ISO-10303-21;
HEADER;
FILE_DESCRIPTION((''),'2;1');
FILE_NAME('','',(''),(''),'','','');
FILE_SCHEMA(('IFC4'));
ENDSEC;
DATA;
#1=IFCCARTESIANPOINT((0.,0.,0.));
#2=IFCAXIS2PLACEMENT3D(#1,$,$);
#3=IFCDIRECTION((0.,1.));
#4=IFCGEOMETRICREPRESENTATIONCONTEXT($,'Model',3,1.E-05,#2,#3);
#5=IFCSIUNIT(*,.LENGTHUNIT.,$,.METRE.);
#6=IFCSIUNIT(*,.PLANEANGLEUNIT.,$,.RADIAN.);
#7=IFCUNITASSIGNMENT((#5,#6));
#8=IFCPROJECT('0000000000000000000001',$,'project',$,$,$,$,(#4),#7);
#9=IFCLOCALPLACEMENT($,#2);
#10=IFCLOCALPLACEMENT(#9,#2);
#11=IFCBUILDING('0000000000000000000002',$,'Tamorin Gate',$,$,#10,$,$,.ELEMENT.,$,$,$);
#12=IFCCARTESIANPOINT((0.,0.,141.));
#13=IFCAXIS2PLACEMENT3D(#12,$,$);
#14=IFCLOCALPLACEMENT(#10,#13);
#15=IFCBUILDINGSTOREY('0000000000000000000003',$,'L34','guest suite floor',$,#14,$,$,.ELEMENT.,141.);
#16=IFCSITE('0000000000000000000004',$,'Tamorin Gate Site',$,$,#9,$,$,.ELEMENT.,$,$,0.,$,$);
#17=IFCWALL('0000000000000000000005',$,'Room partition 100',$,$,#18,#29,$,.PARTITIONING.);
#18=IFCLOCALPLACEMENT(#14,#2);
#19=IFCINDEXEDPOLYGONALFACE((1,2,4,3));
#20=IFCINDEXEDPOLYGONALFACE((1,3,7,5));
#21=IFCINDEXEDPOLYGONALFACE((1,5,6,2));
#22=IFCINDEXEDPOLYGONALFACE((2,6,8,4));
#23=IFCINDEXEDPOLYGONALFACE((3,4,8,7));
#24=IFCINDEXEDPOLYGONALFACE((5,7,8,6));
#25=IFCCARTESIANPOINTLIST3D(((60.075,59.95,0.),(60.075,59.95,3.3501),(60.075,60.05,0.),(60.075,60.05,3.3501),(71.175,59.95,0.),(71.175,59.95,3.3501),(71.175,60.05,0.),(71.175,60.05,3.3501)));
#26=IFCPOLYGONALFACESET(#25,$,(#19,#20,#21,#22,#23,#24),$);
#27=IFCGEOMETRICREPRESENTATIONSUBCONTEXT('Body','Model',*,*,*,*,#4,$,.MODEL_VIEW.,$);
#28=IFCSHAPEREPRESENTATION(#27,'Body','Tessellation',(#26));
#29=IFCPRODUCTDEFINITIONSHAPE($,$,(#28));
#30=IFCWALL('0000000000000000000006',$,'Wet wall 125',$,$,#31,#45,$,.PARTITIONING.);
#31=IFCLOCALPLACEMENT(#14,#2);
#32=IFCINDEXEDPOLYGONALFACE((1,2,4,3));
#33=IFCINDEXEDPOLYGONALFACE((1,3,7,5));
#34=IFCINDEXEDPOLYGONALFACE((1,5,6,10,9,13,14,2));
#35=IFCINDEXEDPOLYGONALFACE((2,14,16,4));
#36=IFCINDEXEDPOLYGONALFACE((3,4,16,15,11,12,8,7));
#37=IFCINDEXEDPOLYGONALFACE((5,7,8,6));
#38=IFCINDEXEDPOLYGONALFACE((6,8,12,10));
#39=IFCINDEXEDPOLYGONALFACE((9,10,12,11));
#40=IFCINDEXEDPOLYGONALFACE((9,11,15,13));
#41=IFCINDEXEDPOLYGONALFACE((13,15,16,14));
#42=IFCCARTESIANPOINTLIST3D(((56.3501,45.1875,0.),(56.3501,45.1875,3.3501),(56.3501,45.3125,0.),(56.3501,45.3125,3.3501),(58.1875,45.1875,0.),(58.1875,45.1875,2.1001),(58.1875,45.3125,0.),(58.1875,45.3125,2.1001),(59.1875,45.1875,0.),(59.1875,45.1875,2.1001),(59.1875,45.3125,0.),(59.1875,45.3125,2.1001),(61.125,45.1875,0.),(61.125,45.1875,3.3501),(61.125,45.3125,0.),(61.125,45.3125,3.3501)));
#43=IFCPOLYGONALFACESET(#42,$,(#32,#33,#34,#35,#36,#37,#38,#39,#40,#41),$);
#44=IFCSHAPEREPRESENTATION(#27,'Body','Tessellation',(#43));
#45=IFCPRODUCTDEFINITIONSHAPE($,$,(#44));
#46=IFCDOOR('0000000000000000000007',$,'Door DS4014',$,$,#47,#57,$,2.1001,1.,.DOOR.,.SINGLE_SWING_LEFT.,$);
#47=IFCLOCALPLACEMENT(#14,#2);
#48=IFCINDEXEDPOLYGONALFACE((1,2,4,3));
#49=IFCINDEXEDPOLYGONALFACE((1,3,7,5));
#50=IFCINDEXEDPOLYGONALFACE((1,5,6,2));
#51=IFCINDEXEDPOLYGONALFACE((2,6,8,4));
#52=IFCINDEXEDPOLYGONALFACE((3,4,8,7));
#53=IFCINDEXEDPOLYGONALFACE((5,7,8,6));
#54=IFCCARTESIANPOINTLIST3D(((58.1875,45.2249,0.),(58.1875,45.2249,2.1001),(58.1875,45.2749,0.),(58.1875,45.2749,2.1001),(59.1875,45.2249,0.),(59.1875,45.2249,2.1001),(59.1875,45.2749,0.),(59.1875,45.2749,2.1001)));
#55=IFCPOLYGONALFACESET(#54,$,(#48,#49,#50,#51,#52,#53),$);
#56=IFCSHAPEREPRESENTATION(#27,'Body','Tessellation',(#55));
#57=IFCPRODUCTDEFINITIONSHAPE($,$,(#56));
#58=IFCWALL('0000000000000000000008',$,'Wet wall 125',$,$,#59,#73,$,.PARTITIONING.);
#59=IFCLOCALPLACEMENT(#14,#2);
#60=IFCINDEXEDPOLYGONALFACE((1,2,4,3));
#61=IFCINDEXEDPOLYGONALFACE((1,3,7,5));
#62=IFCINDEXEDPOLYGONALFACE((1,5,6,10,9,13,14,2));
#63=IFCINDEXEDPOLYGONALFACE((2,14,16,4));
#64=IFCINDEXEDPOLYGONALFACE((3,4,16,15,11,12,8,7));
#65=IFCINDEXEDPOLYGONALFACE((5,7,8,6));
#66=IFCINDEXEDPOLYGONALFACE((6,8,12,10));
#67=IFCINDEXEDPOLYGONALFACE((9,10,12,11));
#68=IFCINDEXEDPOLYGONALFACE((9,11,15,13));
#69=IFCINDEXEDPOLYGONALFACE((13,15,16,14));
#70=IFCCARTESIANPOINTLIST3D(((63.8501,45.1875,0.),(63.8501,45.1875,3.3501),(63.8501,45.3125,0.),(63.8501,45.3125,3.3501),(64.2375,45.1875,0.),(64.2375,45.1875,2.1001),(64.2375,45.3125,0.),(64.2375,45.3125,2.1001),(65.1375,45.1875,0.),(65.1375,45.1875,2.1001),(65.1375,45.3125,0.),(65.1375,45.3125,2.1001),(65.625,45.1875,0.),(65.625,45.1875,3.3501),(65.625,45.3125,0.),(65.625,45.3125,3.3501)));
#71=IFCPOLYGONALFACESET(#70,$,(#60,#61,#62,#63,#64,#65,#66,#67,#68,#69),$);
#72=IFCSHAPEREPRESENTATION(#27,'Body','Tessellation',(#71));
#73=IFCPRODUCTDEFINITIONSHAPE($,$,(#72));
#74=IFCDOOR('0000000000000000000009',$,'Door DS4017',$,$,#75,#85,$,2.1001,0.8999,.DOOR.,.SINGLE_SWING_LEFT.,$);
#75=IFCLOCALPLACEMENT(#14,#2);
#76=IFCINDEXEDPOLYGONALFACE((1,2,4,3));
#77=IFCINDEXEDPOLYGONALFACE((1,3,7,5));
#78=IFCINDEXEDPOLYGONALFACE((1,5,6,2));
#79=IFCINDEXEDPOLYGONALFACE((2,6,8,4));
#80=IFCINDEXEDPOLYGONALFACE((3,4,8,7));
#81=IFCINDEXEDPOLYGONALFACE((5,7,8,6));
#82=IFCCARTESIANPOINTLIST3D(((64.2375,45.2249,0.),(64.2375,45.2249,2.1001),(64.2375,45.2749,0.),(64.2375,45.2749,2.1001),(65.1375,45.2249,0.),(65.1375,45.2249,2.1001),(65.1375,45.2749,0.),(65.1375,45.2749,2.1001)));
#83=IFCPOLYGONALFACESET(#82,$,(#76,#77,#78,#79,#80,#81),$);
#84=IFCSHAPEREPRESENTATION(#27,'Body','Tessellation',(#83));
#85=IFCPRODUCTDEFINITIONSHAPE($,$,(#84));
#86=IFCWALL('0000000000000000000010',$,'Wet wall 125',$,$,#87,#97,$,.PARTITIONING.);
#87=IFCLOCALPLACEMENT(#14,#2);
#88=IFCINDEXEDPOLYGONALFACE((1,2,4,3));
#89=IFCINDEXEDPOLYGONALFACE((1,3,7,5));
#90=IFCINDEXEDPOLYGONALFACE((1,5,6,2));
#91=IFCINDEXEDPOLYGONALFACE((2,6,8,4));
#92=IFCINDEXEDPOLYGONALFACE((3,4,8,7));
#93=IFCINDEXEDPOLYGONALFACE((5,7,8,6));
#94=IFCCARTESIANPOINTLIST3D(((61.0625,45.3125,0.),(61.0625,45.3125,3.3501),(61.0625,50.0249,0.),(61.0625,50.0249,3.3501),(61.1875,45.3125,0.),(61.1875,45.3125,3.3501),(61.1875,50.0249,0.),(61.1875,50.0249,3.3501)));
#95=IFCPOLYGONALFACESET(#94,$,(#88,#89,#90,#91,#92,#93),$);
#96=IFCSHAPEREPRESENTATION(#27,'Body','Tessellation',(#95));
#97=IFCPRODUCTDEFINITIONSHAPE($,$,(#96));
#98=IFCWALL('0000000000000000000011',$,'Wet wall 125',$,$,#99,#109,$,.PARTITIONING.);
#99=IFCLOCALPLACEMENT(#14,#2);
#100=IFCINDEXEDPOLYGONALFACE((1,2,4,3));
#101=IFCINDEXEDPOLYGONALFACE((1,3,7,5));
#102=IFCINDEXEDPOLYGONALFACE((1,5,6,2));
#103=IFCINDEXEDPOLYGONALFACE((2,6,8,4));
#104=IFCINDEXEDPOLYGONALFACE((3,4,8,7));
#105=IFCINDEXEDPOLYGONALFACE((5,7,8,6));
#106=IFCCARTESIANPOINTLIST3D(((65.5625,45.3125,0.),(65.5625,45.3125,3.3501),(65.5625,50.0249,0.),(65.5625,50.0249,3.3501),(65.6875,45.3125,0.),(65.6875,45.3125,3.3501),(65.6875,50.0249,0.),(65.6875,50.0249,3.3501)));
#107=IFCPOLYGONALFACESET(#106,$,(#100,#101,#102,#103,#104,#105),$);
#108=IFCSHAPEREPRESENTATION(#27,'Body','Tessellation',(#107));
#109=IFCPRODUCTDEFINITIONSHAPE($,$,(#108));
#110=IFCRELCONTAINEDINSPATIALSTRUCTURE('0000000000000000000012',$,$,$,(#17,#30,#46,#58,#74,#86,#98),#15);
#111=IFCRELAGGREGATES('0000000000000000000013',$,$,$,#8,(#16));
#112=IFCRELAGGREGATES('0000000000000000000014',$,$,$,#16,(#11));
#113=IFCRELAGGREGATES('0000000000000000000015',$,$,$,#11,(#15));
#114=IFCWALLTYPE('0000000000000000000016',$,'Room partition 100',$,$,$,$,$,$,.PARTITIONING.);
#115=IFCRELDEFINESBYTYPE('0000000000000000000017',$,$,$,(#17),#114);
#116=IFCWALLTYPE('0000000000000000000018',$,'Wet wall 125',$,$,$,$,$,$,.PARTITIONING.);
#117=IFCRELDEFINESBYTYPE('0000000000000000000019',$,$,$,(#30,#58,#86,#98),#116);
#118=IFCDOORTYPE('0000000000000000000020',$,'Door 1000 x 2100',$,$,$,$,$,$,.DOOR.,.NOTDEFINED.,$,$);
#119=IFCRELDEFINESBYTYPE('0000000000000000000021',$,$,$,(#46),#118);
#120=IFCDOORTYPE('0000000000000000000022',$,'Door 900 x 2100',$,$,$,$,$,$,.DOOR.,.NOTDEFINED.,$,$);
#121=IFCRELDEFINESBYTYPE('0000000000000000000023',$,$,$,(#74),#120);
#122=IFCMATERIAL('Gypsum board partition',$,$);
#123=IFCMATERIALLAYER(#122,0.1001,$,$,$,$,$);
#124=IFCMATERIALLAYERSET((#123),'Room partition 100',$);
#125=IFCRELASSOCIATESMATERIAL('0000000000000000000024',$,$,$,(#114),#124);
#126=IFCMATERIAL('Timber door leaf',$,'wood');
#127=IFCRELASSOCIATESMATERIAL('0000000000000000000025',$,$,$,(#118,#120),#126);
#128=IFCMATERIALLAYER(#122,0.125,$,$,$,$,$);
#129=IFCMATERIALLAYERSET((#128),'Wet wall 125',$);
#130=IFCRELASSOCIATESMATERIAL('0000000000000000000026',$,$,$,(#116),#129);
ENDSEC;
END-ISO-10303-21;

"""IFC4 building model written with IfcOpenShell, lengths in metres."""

from ifc_helpers import new_model, si_unit, direction, frame, frame_2d, origin, place, context, subcontext, project, spatial, rectangle, extrude, material, layer, layer_set, type_object, element, fill, save


model = new_model("IFC4")

# Units and contexts
model_context = context("Model", 3, precision=1e-05, world=origin(), true_north=direction((0.0, 1.0)))
body_context = subcontext(model_context, "Body", "Model", "MODEL_VIEW")
ifc_project = project(units=[si_unit("LENGTHUNIT", "METRE"), si_unit("PLANEANGLEUNIT", "RADIAN")], contexts=[model_context])

# Site, building, storey
site_placement = place(None, origin())
site = spatial("IfcSite", under=ifc_project, at=site_placement, Name="Tamorin Gate Site", CompositionType="ELEMENT", RefElevation=0.0)
building_placement = place(site_placement, origin())
building = spatial("IfcBuilding", under=site, at=building_placement, Name="Tamorin Gate", CompositionType="ELEMENT")
storey_placement = place(building_placement, frame((0.0, 0.0, 141.0)))
storey = spatial("IfcBuildingStorey", under=building, at=storey_placement, Name="L34", Description="guest suite floor", CompositionType="ELEMENT", Elevation=141.0)

# Shared definitions
ifc_material_1 = material(Name="Gypsum board partition")
ifc_material_2 = material(Name="Timber door leaf", Category="wood")

# Shared definitions
ifc_layer_1 = layer(ifc_material_1, 0.1001)
ifc_layer_set_1 = layer_set([ifc_layer_1], Name="Room partition 100")
wall_type_1 = type_object("IfcWallType", Name="Room partition 100", PredefinedType="PARTITIONING", material=ifc_layer_set_1)
door_type_1 = type_object("IfcDoorType", Name="Door 1000 x 2100", OperationType="NOTDEFINED", PredefinedType="DOOR", material=ifc_material_2)
door_type_2 = type_object("IfcDoorType", Name="Door 900 x 2100", OperationType="NOTDEFINED", PredefinedType="DOOR", material=ifc_material_2)

# Wall
wall_1_placement = place(storey_placement, frame((60.075, 60.0, 0.0), z_axis=(0.0, 0.0, 1.0), x_axis=(1.0, 0.0, 0.0)))
element("IfcWall", 1, at=wall_1_placement, inside=storey, type_object=wall_type_1, Name="Room partition 100", PredefinedType="PARTITIONING", context=body_context, shape_type="SweptSolid", body=[
    extrude(rectangle(XDim=11.1001, YDim=0.1001, at=frame_2d((5.55, 0.0))), origin(), (0.0, 0.0, 1.0), 3.3501),
])

# Walls, openings, doors
ifc_layer_2 = layer(ifc_material_1, 0.125)
ifc_layer_set_2 = layer_set([ifc_layer_2], Name="Wet wall 125")
wall_type_2 = type_object("IfcWallType", Name="Wet wall 125", PredefinedType="PARTITIONING", material=ifc_layer_set_2)
wall_2_placement = place(storey_placement, frame((56.3501, 45.25, 0.0), z_axis=(0.0, 0.0, 1.0), x_axis=(1.0, 0.0, 0.0)))
wall_2 = element("IfcWall", 2, at=wall_2_placement, inside=storey, type_object=wall_type_2, Name="Wet wall 125", PredefinedType="PARTITIONING", context=body_context, shape_type="SweptSolid", body=[
    extrude(rectangle(XDim=4.7749, YDim=0.125, at=frame_2d((2.3875, 0.0))), origin(), (0.0, 0.0, 1.0), 3.3501),
])
opening_1_placement = place(wall_2_placement, frame((1.8374, 0.0, 0.0)))
opening_1 = element("IfcOpeningElement", 3, at=opening_1_placement, cuts=wall_2, PredefinedType="OPENING", context=body_context, shape_type="SweptSolid", body=[
    extrude(rectangle(XDim=1.0, YDim=2.1001, at=frame_2d((0.5, 1.05))), frame((0.0, 0.0725, 0.0), z_axis=(0.0, -1.0, 0.0), x_axis=(1.0, 0.0, 0.0)), (0.0, 0.0, 1.0), 0.145),
])
door_1_placement = place(opening_1_placement, origin())
door_1 = element("IfcDoor", 4, at=door_1_placement, inside=storey, type_object=door_type_1, Name="Door DS4014", OperationType="SINGLE_SWING_LEFT", OverallHeight=2.1001, OverallWidth=1.0, PredefinedType="DOOR", context=body_context, shape_type="SweptSolid", body=[
    extrude(rectangle(XDim=1.0, YDim=2.1001, at=frame_2d((0.5, 1.05))), frame((0.0, 0.0249, 0.0), z_axis=(0.0, -1.0, 0.0), x_axis=(1.0, 0.0, 0.0)), (0.0, 0.0, 1.0), 0.05),
])
fill(opening_1, door_1)
wall_3_placement = place(storey_placement, frame((63.8501, 45.25, 0.0), z_axis=(0.0, 0.0, 1.0), x_axis=(1.0, 0.0, 0.0)))
wall_3 = element("IfcWall", 5, at=wall_3_placement, inside=storey, type_object=wall_type_2, Name="Wet wall 125", PredefinedType="PARTITIONING", context=body_context, shape_type="SweptSolid", body=[
    extrude(rectangle(XDim=1.7749, YDim=0.125, at=frame_2d((0.8875, 0.0))), origin(), (0.0, 0.0, 1.0), 3.3501),
])
opening_2_placement = place(wall_3_placement, frame((0.3875, 0.0, 0.0)))
opening_2 = element("IfcOpeningElement", 6, at=opening_2_placement, cuts=wall_3, PredefinedType="OPENING", context=body_context, shape_type="SweptSolid", body=[
    extrude(rectangle(XDim=0.8999, YDim=2.1001, at=frame_2d((0.45, 1.05))), frame((0.0, 0.0725, 0.0), z_axis=(0.0, -1.0, 0.0), x_axis=(1.0, 0.0, 0.0)), (0.0, 0.0, 1.0), 0.145),
])
door_2_placement = place(opening_2_placement, origin())
door_2 = element("IfcDoor", 7, at=door_2_placement, inside=storey, type_object=door_type_2, Name="Door DS4017", OperationType="SINGLE_SWING_LEFT", OverallHeight=2.1001, OverallWidth=0.8999, PredefinedType="DOOR", context=body_context, shape_type="SweptSolid", body=[
    extrude(rectangle(XDim=0.8999, YDim=2.1001, at=frame_2d((0.45, 1.05))), frame((0.0, 0.0249, 0.0), z_axis=(0.0, -1.0, 0.0), x_axis=(1.0, 0.0, 0.0)), (0.0, 0.0, 1.0), 0.05),
])
fill(opening_2, door_2)

# Walls
for number, where, z_axis, x_axis, name in (
    (8, (61.125, 45.3125, 0.0), (0.0, 0.0, 1.0), (0.0, 1.0, 0.0), "Wet wall 125"),
    (9, (65.625, 45.3125, 0.0), (0.0, 0.0, 1.0), (0.0, 1.0, 0.0), "Wet wall 125"),
):
    element("IfcWall", number, at=place(storey_placement, frame(where, z_axis=z_axis, x_axis=x_axis)), inside=storey, type_object=wall_type_2, Name=name, PredefinedType="PARTITIONING", context=body_context, shape_type="SweptSolid", body=[
        extrude(rectangle(XDim=4.7124, YDim=0.125, at=frame_2d((2.3562, 0.0))), origin(), (0.0, 0.0, 1.0), 3.3501),
    ])

save(model, "model.ifc")
